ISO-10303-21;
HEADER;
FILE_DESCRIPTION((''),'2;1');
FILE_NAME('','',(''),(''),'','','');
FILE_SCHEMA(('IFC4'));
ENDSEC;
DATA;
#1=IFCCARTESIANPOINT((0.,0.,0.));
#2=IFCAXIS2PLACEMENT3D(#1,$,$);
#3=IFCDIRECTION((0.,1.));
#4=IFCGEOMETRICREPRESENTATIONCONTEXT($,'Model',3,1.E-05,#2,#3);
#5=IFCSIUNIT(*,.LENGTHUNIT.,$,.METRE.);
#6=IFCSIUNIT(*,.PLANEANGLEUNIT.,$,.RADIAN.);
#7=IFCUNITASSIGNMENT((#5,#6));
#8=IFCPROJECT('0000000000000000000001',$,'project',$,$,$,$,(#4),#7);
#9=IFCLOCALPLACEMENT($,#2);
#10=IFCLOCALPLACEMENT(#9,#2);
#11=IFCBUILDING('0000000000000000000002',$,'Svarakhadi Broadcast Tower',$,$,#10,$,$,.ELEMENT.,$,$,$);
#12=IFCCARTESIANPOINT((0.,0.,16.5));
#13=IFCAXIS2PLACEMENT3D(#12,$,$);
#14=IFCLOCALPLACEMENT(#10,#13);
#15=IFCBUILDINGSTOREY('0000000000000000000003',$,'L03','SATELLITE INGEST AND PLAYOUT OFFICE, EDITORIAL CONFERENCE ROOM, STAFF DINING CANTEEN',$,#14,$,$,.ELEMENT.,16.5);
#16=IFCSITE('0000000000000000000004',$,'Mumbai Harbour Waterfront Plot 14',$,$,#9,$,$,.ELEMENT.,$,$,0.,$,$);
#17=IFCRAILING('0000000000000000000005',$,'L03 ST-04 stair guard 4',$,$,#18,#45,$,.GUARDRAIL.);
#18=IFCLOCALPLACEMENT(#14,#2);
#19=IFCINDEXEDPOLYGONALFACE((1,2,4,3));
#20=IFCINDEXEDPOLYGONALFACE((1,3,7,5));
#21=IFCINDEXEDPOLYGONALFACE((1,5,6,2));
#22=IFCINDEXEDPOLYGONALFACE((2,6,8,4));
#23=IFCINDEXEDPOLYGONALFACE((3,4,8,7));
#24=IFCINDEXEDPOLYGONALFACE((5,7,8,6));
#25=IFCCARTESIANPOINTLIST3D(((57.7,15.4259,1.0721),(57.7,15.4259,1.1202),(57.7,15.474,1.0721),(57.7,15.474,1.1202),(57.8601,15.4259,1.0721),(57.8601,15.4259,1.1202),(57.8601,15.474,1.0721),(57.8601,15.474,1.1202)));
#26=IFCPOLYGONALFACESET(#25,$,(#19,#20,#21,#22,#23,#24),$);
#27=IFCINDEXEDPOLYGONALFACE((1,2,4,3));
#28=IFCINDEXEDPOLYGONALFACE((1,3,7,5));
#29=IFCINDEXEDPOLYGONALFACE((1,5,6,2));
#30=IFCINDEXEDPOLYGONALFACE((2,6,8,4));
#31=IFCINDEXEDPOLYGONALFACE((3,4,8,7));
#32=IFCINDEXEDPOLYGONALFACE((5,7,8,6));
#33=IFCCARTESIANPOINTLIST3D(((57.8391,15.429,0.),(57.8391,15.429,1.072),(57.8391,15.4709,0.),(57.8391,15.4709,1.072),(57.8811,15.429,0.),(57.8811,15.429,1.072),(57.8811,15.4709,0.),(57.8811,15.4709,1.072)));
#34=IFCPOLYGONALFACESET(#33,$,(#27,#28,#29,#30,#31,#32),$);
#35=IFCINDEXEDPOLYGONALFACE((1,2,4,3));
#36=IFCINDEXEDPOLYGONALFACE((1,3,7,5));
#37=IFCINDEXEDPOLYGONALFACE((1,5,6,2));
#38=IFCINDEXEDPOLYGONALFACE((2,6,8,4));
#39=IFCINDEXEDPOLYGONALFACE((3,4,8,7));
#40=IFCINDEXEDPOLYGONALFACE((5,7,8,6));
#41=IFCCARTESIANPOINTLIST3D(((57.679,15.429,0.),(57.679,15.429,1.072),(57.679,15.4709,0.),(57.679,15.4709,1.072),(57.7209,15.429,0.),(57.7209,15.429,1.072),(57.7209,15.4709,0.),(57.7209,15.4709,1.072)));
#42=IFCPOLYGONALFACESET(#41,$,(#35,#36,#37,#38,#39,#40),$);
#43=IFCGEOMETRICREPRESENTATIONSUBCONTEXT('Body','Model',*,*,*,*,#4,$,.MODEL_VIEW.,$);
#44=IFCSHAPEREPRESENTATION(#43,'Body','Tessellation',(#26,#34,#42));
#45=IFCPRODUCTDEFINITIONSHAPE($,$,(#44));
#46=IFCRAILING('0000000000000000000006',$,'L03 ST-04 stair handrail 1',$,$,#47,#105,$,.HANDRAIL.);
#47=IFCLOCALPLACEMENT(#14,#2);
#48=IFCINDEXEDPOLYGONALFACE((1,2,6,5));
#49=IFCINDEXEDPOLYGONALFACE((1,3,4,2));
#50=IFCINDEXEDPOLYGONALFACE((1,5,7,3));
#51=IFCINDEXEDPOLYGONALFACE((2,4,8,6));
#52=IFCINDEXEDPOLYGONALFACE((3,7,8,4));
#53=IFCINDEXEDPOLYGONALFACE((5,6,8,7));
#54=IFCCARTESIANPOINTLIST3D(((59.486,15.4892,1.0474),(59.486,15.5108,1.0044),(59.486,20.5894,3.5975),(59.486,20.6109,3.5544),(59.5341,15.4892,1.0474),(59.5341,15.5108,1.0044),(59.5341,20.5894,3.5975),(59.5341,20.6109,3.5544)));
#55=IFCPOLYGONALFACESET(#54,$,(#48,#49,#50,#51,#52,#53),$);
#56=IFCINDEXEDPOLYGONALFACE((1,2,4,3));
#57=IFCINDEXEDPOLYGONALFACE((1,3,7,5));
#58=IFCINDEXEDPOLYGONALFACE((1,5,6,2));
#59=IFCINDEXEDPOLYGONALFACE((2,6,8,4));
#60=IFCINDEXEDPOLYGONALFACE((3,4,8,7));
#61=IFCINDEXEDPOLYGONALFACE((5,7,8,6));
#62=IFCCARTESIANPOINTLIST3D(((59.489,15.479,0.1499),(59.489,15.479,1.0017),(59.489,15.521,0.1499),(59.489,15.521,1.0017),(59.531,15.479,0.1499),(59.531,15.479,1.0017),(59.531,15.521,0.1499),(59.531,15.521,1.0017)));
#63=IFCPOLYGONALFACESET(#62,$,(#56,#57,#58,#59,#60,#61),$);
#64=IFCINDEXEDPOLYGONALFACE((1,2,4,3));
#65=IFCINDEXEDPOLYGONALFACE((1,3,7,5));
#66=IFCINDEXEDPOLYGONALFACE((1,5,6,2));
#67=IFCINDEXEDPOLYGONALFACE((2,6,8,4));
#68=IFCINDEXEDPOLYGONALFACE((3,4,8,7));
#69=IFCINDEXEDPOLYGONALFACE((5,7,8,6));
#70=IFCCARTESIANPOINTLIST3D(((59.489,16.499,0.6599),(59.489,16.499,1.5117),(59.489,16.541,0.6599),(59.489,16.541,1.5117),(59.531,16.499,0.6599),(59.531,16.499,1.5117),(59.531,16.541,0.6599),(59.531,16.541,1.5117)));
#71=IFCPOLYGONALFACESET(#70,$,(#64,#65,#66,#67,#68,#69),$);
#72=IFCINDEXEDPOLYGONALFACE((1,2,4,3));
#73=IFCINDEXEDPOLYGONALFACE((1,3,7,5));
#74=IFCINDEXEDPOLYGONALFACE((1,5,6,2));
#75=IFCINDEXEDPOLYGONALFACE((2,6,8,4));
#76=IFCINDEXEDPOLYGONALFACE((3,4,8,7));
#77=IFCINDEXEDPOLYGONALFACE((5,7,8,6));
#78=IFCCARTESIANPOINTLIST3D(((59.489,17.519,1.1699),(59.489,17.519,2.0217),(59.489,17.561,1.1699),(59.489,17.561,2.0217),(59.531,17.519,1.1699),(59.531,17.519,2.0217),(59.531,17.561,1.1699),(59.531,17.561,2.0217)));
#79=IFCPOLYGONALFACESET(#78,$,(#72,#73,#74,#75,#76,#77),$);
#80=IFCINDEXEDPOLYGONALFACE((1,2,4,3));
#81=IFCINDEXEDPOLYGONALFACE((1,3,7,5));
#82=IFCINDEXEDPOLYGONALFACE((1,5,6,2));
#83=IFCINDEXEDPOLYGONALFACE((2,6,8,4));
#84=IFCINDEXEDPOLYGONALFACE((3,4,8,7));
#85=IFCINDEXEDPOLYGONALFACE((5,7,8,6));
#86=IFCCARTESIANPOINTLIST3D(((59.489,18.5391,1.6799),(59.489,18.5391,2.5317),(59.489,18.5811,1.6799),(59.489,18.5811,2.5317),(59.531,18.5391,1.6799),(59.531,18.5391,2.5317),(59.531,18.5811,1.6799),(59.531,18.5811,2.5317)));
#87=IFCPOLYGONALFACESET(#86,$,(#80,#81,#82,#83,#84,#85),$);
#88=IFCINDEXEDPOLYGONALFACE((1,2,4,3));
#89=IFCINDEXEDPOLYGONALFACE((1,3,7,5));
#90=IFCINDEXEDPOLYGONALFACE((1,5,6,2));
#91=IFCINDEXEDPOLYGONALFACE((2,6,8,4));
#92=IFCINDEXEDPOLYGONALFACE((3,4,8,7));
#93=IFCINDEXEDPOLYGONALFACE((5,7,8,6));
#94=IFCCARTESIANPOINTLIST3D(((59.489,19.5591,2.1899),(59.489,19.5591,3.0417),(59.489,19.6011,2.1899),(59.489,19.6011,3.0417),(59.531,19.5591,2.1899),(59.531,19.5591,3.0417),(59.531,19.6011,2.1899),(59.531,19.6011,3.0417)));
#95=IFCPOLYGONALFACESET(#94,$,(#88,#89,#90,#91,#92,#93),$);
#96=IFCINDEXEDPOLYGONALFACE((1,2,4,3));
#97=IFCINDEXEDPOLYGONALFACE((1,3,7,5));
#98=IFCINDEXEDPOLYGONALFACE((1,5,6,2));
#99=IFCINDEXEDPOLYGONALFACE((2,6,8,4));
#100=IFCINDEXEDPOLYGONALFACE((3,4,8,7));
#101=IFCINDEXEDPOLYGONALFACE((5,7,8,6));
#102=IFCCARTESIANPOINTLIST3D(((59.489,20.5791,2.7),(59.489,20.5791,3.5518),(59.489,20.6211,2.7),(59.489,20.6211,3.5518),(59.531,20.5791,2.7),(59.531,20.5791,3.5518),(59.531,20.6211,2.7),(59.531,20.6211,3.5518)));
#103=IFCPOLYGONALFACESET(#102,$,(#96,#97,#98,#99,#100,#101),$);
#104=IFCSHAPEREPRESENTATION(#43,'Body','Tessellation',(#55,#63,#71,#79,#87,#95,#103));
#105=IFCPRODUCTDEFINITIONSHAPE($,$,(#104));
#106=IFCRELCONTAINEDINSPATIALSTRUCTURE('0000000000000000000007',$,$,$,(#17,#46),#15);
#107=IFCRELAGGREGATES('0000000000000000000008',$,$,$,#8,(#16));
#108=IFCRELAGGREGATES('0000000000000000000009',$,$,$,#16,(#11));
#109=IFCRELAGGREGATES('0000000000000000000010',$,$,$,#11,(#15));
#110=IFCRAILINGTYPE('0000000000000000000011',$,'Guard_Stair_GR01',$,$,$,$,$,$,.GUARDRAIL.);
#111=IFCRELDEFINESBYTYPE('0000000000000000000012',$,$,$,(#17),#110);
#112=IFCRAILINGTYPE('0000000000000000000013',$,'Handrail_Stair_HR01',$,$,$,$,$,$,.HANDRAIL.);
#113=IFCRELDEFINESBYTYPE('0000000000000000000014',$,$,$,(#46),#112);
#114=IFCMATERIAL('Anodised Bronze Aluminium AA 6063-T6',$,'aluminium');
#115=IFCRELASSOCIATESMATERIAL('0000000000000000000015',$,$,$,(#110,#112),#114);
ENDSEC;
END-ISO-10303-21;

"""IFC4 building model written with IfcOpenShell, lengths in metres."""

from ifc_helpers import new_model, si_unit, direction, frame, origin, origin_2d, place, context, subcontext, project, spatial, rectangle, extrude, material, type_object, element, save


model = new_model("IFC4")

# Units and contexts
model_context = context("Model", 3, precision=1e-05, world=origin(), true_north=direction((0.0, 1.0)))
body_context = subcontext(model_context, "Body", "Model", "MODEL_VIEW")
ifc_project = project(units=[si_unit("LENGTHUNIT", "METRE"), si_unit("PLANEANGLEUNIT", "RADIAN")], contexts=[model_context])

# Site, building, storey
site_placement = place(None, origin())
site = spatial("IfcSite", under=ifc_project, at=site_placement, Name="Mumbai Harbour Waterfront Plot 14", CompositionType="ELEMENT", RefElevation=0.0)
building_placement = place(site_placement, origin())
building = spatial("IfcBuilding", under=site, at=building_placement, Name="Svarakhadi Broadcast Tower", CompositionType="ELEMENT")
storey_placement = place(building_placement, frame((0.0, 0.0, 16.5)))
storey = spatial("IfcBuildingStorey", under=building, at=storey_placement, Name="L03", Description="SATELLITE INGEST AND PLAYOUT OFFICE, EDITORIAL CONFERENCE ROOM, STAFF DINING CANTEEN", CompositionType="ELEMENT", Elevation=16.5)

# Shared definitions
ifc_material_1 = material(Name="Anodised Bronze Aluminium AA 6063-T6", Category="aluminium")

# Railings
railing_type_1 = type_object("IfcRailingType", Name="Guard_Stair_GR01", PredefinedType="GUARDRAIL", material=ifc_material_1)
railing_1_placement = place(storey_placement, frame((57.8601, 15.45, 0.0)))
element("IfcRailing", 1, at=railing_1_placement, inside=storey, type_object=railing_type_1, Name="L03 ST-04 stair guard 4", PredefinedType="GUARDRAIL", context=body_context, shape_type="SweptSolid", body=[
    extrude(rectangle(XDim=0.0481, YDim=0.0481, at=origin_2d()), frame((0.0, 0.0, 1.0962), z_axis=(-1.0, 0.0, 0.0), x_axis=(0.0, -1.0, 0.0)), (0.0, 0.0, 1.0), 0.1602),
    extrude(rectangle(XDim=0.042, YDim=0.042, at=origin_2d()), origin(), (0.0, 0.0, 1.0), 1.072),
    extrude(rectangle(XDim=0.042, YDim=0.042, at=origin_2d()), frame((-0.1602, 0.0, 0.0)), (0.0, 0.0, 1.0), 1.072),
])
railing_type_2 = type_object("IfcRailingType", Name="Handrail_Stair_HR01", PredefinedType="HANDRAIL", material=ifc_material_1)
railing_2_placement = place(storey_placement, frame((59.51, 15.5, 0.1499)))
element("IfcRailing", 2, at=railing_2_placement, inside=storey, type_object=railing_type_2, Name="L03 ST-04 stair handrail 1", PredefinedType="HANDRAIL", context=body_context, shape_type="SweptSolid", body=[
    extrude(rectangle(XDim=0.0481, YDim=0.0481, at=origin_2d()), frame((0.0, 0.0, 0.876), z_axis=(0.0, 0.894427, 0.447214), x_axis=(-1.0, 0.0, 0.0)), (0.0, 0.0, 1.0), 5.7021),
    extrude(rectangle(XDim=0.042, YDim=0.042, at=origin_2d()), origin(), (0.0, 0.0, 1.0), 0.8518),
    extrude(rectangle(XDim=0.042, YDim=0.042, at=origin_2d()), frame((0.0, 1.02, 0.51)), (0.0, 0.0, 1.0), 0.8518),
    extrude(rectangle(XDim=0.042, YDim=0.042, at=origin_2d()), frame((0.0, 2.04, 1.02)), (0.0, 0.0, 1.0), 0.8518),
    extrude(rectangle(XDim=0.042, YDim=0.042, at=origin_2d()), frame((0.0, 3.0601, 1.53)), (0.0, 0.0, 1.0), 0.8518),
    extrude(rectangle(XDim=0.042, YDim=0.042, at=origin_2d()), frame((0.0, 4.0801, 2.04)), (0.0, 0.0, 1.0), 0.8518),
    extrude(rectangle(XDim=0.042, YDim=0.042, at=origin_2d()), frame((0.0, 5.1001, 2.55)), (0.0, 0.0, 1.0), 0.8518),
])

save(model, "model.ifc")
